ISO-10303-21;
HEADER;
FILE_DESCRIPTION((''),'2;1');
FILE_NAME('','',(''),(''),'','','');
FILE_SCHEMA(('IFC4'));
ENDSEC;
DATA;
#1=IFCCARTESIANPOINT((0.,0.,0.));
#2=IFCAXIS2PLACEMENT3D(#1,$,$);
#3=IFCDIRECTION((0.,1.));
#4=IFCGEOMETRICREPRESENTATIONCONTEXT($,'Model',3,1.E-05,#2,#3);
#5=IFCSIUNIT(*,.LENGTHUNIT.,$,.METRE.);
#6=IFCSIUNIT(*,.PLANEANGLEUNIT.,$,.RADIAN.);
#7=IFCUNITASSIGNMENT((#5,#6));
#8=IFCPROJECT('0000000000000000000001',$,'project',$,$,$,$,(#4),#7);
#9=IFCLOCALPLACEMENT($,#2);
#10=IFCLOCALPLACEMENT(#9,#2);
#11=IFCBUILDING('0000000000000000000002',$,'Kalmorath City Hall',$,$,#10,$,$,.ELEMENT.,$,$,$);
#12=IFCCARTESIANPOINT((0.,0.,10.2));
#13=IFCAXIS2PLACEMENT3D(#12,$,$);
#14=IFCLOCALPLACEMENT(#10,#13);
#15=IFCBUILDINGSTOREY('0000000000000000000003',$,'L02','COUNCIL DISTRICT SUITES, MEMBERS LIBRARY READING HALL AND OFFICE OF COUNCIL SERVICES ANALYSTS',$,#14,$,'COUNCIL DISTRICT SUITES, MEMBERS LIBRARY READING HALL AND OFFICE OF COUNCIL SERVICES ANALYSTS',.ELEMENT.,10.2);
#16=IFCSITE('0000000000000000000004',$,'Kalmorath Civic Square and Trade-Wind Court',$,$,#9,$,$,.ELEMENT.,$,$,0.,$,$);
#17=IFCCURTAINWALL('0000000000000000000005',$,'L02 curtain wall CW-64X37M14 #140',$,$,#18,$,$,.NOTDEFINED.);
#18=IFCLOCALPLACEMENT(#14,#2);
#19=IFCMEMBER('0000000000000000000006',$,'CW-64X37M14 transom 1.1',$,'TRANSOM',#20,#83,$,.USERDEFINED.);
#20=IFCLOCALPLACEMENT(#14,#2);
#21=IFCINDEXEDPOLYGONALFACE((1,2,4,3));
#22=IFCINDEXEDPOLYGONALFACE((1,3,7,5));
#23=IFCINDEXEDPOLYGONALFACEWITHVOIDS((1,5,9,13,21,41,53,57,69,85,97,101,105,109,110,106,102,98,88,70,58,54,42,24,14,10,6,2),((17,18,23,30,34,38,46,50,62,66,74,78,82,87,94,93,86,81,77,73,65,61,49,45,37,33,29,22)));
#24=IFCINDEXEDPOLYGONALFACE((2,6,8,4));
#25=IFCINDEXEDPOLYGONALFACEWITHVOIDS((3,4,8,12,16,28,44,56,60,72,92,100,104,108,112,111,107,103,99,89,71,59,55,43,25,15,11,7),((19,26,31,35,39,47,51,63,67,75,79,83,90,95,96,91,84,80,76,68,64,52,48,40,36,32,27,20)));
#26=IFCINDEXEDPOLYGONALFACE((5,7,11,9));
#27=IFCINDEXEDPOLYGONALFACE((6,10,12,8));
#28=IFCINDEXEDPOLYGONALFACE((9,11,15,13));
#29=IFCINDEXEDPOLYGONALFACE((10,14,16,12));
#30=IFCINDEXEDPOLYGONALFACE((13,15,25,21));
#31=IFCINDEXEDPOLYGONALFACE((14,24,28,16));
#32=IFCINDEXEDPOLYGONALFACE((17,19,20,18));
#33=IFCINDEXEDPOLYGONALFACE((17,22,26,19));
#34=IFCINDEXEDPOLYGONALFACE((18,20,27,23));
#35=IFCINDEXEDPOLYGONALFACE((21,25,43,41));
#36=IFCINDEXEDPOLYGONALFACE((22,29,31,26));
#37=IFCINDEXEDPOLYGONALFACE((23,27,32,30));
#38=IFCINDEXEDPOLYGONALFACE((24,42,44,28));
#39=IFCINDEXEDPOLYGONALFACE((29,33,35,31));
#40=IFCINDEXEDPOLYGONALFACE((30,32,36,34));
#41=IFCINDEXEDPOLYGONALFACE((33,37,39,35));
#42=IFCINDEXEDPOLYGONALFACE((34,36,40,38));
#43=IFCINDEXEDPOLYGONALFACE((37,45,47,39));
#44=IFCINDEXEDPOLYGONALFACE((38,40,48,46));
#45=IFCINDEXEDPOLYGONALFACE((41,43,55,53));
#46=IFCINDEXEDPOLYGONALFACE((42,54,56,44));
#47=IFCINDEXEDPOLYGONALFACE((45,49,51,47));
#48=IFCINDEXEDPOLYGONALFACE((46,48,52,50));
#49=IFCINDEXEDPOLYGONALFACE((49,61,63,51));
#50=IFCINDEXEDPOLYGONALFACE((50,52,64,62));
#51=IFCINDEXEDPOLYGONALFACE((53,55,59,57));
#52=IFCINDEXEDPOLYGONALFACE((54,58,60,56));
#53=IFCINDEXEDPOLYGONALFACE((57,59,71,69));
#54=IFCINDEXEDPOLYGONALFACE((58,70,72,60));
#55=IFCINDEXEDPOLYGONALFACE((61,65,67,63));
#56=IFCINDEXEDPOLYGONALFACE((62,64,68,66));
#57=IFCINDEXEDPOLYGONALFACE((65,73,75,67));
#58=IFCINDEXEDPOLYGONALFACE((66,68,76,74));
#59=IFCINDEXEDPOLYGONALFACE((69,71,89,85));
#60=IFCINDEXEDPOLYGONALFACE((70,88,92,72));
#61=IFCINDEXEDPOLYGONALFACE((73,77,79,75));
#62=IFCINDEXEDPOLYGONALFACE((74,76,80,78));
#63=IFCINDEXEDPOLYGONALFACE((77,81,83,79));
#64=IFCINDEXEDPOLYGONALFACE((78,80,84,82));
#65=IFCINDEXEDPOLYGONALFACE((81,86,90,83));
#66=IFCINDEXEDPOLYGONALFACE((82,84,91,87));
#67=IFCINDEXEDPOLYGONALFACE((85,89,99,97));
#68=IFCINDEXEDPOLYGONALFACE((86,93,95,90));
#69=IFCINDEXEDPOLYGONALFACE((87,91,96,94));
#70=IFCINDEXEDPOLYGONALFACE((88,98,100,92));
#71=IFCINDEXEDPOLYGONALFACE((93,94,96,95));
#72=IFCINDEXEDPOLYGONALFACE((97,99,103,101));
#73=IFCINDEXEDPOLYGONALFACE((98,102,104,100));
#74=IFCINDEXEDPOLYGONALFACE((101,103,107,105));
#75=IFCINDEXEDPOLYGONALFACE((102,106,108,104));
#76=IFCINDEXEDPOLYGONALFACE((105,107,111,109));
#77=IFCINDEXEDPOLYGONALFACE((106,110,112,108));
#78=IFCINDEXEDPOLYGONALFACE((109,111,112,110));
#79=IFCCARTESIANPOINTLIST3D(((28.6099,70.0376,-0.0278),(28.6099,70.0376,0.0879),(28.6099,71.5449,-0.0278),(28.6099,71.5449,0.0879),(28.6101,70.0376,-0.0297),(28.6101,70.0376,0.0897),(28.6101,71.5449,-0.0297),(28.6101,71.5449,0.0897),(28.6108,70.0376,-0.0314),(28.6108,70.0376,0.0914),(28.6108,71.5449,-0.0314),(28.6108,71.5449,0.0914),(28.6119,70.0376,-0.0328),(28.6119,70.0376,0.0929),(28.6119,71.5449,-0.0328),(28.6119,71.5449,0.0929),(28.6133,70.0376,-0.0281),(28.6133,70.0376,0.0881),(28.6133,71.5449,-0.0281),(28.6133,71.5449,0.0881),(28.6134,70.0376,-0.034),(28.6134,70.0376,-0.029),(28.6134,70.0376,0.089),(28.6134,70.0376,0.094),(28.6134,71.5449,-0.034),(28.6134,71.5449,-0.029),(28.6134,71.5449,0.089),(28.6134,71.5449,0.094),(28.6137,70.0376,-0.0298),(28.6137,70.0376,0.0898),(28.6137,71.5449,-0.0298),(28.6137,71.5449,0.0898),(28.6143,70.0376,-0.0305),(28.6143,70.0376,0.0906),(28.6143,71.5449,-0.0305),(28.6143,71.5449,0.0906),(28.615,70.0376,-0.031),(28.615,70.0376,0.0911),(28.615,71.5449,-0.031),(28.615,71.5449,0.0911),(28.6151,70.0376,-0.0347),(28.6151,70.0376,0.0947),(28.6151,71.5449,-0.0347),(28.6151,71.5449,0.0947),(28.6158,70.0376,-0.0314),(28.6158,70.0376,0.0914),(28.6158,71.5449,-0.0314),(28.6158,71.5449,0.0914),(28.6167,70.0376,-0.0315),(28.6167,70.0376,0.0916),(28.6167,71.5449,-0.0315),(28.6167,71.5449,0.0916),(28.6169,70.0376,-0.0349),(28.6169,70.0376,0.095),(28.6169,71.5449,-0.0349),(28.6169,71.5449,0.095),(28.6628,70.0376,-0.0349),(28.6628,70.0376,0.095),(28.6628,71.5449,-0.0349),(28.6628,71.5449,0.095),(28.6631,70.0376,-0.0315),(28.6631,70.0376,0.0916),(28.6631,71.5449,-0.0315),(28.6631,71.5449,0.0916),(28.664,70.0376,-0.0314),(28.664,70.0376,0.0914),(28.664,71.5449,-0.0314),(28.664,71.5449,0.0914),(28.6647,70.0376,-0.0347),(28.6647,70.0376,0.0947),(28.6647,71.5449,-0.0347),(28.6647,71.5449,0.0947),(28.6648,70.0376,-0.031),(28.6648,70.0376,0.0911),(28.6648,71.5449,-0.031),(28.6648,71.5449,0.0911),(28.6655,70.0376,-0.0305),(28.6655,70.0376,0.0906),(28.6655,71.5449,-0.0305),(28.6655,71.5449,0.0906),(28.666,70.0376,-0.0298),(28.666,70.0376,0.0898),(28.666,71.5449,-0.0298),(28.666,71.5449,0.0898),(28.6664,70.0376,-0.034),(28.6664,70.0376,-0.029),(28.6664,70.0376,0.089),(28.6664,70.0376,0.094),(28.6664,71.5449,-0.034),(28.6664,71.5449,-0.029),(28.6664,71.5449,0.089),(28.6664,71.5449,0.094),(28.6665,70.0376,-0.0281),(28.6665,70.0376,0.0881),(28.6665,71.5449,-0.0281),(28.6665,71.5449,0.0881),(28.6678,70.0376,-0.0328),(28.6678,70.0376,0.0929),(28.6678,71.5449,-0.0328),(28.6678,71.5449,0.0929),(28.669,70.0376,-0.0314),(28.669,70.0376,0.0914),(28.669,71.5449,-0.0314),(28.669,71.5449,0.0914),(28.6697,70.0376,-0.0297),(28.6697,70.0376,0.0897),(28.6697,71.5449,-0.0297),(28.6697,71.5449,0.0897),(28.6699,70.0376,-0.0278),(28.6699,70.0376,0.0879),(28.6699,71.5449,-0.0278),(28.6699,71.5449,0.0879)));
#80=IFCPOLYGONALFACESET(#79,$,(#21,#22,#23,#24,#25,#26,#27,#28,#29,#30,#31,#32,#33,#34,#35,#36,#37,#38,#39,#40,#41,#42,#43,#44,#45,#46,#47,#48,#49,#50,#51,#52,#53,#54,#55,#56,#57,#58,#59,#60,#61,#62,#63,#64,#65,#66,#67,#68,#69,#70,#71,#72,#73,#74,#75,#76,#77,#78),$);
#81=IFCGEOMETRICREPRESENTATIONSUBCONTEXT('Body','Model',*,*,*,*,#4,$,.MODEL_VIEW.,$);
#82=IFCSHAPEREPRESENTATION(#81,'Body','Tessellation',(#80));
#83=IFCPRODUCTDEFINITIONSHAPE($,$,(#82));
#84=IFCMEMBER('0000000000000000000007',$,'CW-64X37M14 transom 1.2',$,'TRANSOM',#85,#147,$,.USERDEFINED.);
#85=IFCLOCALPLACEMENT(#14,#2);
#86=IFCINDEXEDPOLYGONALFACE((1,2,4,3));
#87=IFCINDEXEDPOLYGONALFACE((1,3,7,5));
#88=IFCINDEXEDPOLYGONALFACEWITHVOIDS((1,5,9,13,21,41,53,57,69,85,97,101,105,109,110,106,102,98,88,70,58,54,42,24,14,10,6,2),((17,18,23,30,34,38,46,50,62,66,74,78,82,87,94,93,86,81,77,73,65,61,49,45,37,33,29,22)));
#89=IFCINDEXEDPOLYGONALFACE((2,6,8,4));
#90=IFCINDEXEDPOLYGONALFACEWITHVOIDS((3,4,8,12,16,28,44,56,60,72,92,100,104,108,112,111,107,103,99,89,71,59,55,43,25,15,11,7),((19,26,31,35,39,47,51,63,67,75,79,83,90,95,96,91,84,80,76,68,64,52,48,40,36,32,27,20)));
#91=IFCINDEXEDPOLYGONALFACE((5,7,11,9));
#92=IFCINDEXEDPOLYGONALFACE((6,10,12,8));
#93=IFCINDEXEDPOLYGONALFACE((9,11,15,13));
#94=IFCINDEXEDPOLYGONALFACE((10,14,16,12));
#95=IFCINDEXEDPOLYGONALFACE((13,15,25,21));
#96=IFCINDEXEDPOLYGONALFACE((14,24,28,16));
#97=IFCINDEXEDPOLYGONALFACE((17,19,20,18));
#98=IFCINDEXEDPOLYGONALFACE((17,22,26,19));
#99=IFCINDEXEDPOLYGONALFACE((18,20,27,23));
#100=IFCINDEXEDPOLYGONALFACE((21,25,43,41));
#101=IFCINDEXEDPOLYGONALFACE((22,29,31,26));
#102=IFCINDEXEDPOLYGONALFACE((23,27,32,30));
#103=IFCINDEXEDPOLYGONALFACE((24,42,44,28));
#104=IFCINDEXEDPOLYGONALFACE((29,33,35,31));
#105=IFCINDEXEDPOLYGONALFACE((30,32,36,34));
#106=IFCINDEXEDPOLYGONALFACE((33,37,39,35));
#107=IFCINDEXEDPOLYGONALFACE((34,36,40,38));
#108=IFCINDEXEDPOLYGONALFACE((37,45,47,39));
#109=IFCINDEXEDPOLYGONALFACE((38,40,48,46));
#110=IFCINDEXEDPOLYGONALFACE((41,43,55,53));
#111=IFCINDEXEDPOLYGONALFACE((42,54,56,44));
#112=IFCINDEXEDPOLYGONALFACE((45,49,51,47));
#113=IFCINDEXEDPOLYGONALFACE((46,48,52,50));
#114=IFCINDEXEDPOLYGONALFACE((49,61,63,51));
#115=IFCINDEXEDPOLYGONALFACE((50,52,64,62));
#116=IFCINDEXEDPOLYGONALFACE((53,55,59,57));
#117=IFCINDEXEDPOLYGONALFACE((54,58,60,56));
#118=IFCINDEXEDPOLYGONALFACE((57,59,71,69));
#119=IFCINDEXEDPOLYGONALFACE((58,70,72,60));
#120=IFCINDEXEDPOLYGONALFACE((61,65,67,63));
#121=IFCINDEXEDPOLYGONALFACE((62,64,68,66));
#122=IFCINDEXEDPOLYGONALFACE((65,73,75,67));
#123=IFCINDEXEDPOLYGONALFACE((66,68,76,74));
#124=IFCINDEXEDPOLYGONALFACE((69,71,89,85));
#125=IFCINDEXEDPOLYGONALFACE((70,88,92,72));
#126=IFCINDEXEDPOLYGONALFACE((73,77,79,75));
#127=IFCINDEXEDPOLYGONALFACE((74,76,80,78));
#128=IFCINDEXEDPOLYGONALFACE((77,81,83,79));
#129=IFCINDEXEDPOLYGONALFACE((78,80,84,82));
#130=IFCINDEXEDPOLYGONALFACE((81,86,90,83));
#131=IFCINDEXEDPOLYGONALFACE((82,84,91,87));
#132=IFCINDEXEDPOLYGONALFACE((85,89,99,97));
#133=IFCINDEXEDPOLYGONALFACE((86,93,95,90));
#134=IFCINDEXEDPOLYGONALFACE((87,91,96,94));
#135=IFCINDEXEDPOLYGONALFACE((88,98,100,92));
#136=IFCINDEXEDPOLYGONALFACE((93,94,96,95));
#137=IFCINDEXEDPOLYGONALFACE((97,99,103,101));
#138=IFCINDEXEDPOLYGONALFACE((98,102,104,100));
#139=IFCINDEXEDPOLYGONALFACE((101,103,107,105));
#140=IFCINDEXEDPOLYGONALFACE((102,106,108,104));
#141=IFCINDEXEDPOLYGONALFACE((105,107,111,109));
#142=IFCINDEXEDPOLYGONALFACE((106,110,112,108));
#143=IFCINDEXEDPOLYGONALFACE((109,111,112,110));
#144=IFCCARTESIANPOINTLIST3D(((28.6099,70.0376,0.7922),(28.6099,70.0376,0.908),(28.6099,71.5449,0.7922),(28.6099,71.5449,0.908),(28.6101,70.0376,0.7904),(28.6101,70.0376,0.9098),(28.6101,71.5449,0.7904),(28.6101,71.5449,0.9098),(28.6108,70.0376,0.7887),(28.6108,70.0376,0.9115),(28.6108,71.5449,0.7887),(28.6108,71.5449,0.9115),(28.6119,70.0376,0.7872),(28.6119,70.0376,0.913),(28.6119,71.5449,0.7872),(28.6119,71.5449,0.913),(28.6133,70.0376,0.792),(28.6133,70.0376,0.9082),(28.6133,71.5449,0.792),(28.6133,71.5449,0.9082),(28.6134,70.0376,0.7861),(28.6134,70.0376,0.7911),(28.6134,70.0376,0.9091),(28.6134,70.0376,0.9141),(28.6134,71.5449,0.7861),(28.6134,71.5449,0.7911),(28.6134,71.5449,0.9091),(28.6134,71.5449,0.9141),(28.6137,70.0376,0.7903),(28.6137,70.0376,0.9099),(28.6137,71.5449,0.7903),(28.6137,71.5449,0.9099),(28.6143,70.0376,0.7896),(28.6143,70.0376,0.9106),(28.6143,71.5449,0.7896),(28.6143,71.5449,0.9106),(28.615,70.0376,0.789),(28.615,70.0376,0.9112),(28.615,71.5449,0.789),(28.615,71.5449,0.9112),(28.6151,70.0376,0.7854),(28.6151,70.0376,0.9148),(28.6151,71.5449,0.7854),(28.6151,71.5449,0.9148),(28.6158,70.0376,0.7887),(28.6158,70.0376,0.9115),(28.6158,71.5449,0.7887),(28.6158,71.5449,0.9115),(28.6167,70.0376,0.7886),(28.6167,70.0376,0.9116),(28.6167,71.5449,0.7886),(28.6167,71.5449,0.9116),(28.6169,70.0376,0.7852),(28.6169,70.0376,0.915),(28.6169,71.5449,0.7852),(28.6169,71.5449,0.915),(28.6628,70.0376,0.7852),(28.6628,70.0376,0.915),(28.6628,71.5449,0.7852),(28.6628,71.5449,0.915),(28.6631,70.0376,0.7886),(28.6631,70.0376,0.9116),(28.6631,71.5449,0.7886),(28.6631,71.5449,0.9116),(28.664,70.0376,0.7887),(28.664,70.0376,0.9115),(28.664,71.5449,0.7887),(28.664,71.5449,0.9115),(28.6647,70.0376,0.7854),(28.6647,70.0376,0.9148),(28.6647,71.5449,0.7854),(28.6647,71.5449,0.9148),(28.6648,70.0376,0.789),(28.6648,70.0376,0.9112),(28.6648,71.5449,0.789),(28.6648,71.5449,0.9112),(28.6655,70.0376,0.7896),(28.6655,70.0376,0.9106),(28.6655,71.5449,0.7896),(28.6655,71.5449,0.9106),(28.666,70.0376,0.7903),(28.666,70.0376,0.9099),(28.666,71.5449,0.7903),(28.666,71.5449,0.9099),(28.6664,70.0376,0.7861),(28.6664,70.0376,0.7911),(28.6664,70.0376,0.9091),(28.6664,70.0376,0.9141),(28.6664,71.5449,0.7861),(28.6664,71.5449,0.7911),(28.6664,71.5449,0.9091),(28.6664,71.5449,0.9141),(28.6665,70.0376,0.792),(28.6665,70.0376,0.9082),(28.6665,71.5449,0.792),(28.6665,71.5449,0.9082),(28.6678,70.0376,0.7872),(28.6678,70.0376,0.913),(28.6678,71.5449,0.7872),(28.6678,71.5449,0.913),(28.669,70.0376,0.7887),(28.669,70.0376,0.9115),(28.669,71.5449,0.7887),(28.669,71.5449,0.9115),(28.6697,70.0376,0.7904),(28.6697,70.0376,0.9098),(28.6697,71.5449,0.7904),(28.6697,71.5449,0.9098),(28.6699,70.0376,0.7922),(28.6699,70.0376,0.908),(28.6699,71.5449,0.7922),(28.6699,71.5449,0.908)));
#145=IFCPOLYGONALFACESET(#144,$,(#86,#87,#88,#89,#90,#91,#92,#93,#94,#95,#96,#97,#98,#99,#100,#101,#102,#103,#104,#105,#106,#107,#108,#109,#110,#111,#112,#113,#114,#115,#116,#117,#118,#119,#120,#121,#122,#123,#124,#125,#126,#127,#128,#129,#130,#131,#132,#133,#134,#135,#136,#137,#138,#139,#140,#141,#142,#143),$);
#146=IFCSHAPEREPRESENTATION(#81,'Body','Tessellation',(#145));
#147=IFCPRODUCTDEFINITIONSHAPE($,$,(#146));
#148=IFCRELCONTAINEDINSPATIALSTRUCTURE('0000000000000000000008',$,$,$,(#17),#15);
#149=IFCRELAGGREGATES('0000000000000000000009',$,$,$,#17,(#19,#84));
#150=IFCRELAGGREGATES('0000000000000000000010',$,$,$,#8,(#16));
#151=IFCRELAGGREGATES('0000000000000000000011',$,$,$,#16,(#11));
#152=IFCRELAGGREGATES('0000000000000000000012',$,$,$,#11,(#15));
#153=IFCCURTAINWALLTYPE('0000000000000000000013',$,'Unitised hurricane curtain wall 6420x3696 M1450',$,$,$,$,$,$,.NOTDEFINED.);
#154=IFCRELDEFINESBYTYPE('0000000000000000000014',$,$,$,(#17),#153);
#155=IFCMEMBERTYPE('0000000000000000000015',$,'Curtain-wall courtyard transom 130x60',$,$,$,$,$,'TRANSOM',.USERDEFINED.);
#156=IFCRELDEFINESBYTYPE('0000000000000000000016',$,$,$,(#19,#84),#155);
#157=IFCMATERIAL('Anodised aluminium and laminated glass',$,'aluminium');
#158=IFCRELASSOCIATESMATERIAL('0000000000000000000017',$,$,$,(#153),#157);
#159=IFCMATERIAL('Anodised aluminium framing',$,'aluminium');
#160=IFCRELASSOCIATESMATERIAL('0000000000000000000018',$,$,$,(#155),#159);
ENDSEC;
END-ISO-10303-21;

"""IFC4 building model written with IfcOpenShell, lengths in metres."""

from ifc_helpers import new_model, si_unit, direction, frame, origin, origin_2d, place, context, subcontext, project, spatial, hollow_rectangle, extrude, material, material_profile, profile_set, type_object, element, aggregate, save


model = new_model("IFC4")

# Units and contexts
model_context = context("Model", 3, precision=1e-05, world=origin(), true_north=direction((0.0, 1.0)))
body_context = subcontext(model_context, "Body", "Model", "MODEL_VIEW")
ifc_project = project(units=[si_unit("LENGTHUNIT", "METRE"), si_unit("PLANEANGLEUNIT", "RADIAN")], contexts=[model_context])

# Site, building, storey
site_placement = place(None, origin())
site = spatial("IfcSite", under=ifc_project, at=site_placement, Name="Kalmorath Civic Square and Trade-Wind Court", CompositionType="ELEMENT", RefElevation=0.0)
building_placement = place(site_placement, origin())
building = spatial("IfcBuilding", under=site, at=building_placement, Name="Kalmorath City Hall", CompositionType="ELEMENT")
storey_placement = place(building_placement, frame((0.0, 0.0, 10.2)))
storey = spatial("IfcBuildingStorey", under=building, at=storey_placement, Name="L02", Description="COUNCIL DISTRICT SUITES, MEMBERS LIBRARY READING HALL AND OFFICE OF COUNCIL SERVICES ANALYSTS", LongName="COUNCIL DISTRICT SUITES, MEMBERS LIBRARY READING HALL AND OFFICE OF COUNCIL SERVICES ANALYSTS", CompositionType="ELEMENT", Elevation=10.2)

# Curtain wall, members
ifc_material_1 = material(Name="Anodised aluminium and laminated glass", Category="aluminium")
curtain_wall_type = type_object("IfcCurtainWallType", Name="Unitised hurricane curtain wall 6420x3696 M1450", PredefinedType="NOTDEFINED", material=ifc_material_1)
curtain_wall_placement = place(storey_placement, origin())
curtain_wall = element("IfcCurtainWall", 1, at=curtain_wall_placement, inside=storey, type_object=curtain_wall_type, Name="L02 curtain wall CW-64X37M14 #140", PredefinedType="NOTDEFINED")
ifc_material_2 = material(Name="Anodised aluminium framing", Category="aluminium")
ifc_material_profile_1 = material_profile(ifc_material_2, hollow_rectangle(XDim=0.0601, YDim=0.1299, WallThickness=0.0034, InnerFilletRadius=0.0034, OuterFilletRadius=0.0071, at=origin_2d()), Name="ALU-TRN-130X60X3.5")
ifc_profile_set_1 = profile_set([ifc_material_profile_1], Name="Anodised aluminium framing")
member_type_1 = type_object("IfcMemberType", Name="Curtain-wall courtyard transom 130x60", ElementType="TRANSOM", PredefinedType="USERDEFINED", material=ifc_profile_set_1)
member_1_placement = place(storey_placement, frame((28.6399, 71.5449, 0.03), z_axis=(0.0, -1.0, 0.0), x_axis=(1.0, 0.0, 0.0)))
member_1 = element("IfcMember", 2, at=member_1_placement, type_object=member_type_1, Name="CW-64X37M14 transom 1.1", ObjectType="TRANSOM", PredefinedType="USERDEFINED", context=body_context, shape_type="SweptSolid", body=[
    extrude(hollow_rectangle(XDim=0.0601, YDim=0.1299, WallThickness=0.0034, InnerFilletRadius=0.0034, OuterFilletRadius=0.0071, at=origin_2d()), origin(), (0.0, 0.0, 1.0), 1.5073),
])
member_2_placement = place(storey_placement, frame((28.6399, 71.5449, 0.8501), z_axis=(0.0, -1.0, 0.0), x_axis=(1.0, 0.0, 0.0)))
member_2 = element("IfcMember", 3, at=member_2_placement, type_object=member_type_1, Name="CW-64X37M14 transom 1.2", ObjectType="TRANSOM", PredefinedType="USERDEFINED", context=body_context, shape_type="SweptSolid", body=[
    extrude(hollow_rectangle(XDim=0.0601, YDim=0.1299, WallThickness=0.0034, InnerFilletRadius=0.0034, OuterFilletRadius=0.0071, at=origin_2d()), origin(), (0.0, 0.0, 1.0), 1.5073),
])

aggregate(curtain_wall, [member_1, member_2])

save(model, "model.ifc")
